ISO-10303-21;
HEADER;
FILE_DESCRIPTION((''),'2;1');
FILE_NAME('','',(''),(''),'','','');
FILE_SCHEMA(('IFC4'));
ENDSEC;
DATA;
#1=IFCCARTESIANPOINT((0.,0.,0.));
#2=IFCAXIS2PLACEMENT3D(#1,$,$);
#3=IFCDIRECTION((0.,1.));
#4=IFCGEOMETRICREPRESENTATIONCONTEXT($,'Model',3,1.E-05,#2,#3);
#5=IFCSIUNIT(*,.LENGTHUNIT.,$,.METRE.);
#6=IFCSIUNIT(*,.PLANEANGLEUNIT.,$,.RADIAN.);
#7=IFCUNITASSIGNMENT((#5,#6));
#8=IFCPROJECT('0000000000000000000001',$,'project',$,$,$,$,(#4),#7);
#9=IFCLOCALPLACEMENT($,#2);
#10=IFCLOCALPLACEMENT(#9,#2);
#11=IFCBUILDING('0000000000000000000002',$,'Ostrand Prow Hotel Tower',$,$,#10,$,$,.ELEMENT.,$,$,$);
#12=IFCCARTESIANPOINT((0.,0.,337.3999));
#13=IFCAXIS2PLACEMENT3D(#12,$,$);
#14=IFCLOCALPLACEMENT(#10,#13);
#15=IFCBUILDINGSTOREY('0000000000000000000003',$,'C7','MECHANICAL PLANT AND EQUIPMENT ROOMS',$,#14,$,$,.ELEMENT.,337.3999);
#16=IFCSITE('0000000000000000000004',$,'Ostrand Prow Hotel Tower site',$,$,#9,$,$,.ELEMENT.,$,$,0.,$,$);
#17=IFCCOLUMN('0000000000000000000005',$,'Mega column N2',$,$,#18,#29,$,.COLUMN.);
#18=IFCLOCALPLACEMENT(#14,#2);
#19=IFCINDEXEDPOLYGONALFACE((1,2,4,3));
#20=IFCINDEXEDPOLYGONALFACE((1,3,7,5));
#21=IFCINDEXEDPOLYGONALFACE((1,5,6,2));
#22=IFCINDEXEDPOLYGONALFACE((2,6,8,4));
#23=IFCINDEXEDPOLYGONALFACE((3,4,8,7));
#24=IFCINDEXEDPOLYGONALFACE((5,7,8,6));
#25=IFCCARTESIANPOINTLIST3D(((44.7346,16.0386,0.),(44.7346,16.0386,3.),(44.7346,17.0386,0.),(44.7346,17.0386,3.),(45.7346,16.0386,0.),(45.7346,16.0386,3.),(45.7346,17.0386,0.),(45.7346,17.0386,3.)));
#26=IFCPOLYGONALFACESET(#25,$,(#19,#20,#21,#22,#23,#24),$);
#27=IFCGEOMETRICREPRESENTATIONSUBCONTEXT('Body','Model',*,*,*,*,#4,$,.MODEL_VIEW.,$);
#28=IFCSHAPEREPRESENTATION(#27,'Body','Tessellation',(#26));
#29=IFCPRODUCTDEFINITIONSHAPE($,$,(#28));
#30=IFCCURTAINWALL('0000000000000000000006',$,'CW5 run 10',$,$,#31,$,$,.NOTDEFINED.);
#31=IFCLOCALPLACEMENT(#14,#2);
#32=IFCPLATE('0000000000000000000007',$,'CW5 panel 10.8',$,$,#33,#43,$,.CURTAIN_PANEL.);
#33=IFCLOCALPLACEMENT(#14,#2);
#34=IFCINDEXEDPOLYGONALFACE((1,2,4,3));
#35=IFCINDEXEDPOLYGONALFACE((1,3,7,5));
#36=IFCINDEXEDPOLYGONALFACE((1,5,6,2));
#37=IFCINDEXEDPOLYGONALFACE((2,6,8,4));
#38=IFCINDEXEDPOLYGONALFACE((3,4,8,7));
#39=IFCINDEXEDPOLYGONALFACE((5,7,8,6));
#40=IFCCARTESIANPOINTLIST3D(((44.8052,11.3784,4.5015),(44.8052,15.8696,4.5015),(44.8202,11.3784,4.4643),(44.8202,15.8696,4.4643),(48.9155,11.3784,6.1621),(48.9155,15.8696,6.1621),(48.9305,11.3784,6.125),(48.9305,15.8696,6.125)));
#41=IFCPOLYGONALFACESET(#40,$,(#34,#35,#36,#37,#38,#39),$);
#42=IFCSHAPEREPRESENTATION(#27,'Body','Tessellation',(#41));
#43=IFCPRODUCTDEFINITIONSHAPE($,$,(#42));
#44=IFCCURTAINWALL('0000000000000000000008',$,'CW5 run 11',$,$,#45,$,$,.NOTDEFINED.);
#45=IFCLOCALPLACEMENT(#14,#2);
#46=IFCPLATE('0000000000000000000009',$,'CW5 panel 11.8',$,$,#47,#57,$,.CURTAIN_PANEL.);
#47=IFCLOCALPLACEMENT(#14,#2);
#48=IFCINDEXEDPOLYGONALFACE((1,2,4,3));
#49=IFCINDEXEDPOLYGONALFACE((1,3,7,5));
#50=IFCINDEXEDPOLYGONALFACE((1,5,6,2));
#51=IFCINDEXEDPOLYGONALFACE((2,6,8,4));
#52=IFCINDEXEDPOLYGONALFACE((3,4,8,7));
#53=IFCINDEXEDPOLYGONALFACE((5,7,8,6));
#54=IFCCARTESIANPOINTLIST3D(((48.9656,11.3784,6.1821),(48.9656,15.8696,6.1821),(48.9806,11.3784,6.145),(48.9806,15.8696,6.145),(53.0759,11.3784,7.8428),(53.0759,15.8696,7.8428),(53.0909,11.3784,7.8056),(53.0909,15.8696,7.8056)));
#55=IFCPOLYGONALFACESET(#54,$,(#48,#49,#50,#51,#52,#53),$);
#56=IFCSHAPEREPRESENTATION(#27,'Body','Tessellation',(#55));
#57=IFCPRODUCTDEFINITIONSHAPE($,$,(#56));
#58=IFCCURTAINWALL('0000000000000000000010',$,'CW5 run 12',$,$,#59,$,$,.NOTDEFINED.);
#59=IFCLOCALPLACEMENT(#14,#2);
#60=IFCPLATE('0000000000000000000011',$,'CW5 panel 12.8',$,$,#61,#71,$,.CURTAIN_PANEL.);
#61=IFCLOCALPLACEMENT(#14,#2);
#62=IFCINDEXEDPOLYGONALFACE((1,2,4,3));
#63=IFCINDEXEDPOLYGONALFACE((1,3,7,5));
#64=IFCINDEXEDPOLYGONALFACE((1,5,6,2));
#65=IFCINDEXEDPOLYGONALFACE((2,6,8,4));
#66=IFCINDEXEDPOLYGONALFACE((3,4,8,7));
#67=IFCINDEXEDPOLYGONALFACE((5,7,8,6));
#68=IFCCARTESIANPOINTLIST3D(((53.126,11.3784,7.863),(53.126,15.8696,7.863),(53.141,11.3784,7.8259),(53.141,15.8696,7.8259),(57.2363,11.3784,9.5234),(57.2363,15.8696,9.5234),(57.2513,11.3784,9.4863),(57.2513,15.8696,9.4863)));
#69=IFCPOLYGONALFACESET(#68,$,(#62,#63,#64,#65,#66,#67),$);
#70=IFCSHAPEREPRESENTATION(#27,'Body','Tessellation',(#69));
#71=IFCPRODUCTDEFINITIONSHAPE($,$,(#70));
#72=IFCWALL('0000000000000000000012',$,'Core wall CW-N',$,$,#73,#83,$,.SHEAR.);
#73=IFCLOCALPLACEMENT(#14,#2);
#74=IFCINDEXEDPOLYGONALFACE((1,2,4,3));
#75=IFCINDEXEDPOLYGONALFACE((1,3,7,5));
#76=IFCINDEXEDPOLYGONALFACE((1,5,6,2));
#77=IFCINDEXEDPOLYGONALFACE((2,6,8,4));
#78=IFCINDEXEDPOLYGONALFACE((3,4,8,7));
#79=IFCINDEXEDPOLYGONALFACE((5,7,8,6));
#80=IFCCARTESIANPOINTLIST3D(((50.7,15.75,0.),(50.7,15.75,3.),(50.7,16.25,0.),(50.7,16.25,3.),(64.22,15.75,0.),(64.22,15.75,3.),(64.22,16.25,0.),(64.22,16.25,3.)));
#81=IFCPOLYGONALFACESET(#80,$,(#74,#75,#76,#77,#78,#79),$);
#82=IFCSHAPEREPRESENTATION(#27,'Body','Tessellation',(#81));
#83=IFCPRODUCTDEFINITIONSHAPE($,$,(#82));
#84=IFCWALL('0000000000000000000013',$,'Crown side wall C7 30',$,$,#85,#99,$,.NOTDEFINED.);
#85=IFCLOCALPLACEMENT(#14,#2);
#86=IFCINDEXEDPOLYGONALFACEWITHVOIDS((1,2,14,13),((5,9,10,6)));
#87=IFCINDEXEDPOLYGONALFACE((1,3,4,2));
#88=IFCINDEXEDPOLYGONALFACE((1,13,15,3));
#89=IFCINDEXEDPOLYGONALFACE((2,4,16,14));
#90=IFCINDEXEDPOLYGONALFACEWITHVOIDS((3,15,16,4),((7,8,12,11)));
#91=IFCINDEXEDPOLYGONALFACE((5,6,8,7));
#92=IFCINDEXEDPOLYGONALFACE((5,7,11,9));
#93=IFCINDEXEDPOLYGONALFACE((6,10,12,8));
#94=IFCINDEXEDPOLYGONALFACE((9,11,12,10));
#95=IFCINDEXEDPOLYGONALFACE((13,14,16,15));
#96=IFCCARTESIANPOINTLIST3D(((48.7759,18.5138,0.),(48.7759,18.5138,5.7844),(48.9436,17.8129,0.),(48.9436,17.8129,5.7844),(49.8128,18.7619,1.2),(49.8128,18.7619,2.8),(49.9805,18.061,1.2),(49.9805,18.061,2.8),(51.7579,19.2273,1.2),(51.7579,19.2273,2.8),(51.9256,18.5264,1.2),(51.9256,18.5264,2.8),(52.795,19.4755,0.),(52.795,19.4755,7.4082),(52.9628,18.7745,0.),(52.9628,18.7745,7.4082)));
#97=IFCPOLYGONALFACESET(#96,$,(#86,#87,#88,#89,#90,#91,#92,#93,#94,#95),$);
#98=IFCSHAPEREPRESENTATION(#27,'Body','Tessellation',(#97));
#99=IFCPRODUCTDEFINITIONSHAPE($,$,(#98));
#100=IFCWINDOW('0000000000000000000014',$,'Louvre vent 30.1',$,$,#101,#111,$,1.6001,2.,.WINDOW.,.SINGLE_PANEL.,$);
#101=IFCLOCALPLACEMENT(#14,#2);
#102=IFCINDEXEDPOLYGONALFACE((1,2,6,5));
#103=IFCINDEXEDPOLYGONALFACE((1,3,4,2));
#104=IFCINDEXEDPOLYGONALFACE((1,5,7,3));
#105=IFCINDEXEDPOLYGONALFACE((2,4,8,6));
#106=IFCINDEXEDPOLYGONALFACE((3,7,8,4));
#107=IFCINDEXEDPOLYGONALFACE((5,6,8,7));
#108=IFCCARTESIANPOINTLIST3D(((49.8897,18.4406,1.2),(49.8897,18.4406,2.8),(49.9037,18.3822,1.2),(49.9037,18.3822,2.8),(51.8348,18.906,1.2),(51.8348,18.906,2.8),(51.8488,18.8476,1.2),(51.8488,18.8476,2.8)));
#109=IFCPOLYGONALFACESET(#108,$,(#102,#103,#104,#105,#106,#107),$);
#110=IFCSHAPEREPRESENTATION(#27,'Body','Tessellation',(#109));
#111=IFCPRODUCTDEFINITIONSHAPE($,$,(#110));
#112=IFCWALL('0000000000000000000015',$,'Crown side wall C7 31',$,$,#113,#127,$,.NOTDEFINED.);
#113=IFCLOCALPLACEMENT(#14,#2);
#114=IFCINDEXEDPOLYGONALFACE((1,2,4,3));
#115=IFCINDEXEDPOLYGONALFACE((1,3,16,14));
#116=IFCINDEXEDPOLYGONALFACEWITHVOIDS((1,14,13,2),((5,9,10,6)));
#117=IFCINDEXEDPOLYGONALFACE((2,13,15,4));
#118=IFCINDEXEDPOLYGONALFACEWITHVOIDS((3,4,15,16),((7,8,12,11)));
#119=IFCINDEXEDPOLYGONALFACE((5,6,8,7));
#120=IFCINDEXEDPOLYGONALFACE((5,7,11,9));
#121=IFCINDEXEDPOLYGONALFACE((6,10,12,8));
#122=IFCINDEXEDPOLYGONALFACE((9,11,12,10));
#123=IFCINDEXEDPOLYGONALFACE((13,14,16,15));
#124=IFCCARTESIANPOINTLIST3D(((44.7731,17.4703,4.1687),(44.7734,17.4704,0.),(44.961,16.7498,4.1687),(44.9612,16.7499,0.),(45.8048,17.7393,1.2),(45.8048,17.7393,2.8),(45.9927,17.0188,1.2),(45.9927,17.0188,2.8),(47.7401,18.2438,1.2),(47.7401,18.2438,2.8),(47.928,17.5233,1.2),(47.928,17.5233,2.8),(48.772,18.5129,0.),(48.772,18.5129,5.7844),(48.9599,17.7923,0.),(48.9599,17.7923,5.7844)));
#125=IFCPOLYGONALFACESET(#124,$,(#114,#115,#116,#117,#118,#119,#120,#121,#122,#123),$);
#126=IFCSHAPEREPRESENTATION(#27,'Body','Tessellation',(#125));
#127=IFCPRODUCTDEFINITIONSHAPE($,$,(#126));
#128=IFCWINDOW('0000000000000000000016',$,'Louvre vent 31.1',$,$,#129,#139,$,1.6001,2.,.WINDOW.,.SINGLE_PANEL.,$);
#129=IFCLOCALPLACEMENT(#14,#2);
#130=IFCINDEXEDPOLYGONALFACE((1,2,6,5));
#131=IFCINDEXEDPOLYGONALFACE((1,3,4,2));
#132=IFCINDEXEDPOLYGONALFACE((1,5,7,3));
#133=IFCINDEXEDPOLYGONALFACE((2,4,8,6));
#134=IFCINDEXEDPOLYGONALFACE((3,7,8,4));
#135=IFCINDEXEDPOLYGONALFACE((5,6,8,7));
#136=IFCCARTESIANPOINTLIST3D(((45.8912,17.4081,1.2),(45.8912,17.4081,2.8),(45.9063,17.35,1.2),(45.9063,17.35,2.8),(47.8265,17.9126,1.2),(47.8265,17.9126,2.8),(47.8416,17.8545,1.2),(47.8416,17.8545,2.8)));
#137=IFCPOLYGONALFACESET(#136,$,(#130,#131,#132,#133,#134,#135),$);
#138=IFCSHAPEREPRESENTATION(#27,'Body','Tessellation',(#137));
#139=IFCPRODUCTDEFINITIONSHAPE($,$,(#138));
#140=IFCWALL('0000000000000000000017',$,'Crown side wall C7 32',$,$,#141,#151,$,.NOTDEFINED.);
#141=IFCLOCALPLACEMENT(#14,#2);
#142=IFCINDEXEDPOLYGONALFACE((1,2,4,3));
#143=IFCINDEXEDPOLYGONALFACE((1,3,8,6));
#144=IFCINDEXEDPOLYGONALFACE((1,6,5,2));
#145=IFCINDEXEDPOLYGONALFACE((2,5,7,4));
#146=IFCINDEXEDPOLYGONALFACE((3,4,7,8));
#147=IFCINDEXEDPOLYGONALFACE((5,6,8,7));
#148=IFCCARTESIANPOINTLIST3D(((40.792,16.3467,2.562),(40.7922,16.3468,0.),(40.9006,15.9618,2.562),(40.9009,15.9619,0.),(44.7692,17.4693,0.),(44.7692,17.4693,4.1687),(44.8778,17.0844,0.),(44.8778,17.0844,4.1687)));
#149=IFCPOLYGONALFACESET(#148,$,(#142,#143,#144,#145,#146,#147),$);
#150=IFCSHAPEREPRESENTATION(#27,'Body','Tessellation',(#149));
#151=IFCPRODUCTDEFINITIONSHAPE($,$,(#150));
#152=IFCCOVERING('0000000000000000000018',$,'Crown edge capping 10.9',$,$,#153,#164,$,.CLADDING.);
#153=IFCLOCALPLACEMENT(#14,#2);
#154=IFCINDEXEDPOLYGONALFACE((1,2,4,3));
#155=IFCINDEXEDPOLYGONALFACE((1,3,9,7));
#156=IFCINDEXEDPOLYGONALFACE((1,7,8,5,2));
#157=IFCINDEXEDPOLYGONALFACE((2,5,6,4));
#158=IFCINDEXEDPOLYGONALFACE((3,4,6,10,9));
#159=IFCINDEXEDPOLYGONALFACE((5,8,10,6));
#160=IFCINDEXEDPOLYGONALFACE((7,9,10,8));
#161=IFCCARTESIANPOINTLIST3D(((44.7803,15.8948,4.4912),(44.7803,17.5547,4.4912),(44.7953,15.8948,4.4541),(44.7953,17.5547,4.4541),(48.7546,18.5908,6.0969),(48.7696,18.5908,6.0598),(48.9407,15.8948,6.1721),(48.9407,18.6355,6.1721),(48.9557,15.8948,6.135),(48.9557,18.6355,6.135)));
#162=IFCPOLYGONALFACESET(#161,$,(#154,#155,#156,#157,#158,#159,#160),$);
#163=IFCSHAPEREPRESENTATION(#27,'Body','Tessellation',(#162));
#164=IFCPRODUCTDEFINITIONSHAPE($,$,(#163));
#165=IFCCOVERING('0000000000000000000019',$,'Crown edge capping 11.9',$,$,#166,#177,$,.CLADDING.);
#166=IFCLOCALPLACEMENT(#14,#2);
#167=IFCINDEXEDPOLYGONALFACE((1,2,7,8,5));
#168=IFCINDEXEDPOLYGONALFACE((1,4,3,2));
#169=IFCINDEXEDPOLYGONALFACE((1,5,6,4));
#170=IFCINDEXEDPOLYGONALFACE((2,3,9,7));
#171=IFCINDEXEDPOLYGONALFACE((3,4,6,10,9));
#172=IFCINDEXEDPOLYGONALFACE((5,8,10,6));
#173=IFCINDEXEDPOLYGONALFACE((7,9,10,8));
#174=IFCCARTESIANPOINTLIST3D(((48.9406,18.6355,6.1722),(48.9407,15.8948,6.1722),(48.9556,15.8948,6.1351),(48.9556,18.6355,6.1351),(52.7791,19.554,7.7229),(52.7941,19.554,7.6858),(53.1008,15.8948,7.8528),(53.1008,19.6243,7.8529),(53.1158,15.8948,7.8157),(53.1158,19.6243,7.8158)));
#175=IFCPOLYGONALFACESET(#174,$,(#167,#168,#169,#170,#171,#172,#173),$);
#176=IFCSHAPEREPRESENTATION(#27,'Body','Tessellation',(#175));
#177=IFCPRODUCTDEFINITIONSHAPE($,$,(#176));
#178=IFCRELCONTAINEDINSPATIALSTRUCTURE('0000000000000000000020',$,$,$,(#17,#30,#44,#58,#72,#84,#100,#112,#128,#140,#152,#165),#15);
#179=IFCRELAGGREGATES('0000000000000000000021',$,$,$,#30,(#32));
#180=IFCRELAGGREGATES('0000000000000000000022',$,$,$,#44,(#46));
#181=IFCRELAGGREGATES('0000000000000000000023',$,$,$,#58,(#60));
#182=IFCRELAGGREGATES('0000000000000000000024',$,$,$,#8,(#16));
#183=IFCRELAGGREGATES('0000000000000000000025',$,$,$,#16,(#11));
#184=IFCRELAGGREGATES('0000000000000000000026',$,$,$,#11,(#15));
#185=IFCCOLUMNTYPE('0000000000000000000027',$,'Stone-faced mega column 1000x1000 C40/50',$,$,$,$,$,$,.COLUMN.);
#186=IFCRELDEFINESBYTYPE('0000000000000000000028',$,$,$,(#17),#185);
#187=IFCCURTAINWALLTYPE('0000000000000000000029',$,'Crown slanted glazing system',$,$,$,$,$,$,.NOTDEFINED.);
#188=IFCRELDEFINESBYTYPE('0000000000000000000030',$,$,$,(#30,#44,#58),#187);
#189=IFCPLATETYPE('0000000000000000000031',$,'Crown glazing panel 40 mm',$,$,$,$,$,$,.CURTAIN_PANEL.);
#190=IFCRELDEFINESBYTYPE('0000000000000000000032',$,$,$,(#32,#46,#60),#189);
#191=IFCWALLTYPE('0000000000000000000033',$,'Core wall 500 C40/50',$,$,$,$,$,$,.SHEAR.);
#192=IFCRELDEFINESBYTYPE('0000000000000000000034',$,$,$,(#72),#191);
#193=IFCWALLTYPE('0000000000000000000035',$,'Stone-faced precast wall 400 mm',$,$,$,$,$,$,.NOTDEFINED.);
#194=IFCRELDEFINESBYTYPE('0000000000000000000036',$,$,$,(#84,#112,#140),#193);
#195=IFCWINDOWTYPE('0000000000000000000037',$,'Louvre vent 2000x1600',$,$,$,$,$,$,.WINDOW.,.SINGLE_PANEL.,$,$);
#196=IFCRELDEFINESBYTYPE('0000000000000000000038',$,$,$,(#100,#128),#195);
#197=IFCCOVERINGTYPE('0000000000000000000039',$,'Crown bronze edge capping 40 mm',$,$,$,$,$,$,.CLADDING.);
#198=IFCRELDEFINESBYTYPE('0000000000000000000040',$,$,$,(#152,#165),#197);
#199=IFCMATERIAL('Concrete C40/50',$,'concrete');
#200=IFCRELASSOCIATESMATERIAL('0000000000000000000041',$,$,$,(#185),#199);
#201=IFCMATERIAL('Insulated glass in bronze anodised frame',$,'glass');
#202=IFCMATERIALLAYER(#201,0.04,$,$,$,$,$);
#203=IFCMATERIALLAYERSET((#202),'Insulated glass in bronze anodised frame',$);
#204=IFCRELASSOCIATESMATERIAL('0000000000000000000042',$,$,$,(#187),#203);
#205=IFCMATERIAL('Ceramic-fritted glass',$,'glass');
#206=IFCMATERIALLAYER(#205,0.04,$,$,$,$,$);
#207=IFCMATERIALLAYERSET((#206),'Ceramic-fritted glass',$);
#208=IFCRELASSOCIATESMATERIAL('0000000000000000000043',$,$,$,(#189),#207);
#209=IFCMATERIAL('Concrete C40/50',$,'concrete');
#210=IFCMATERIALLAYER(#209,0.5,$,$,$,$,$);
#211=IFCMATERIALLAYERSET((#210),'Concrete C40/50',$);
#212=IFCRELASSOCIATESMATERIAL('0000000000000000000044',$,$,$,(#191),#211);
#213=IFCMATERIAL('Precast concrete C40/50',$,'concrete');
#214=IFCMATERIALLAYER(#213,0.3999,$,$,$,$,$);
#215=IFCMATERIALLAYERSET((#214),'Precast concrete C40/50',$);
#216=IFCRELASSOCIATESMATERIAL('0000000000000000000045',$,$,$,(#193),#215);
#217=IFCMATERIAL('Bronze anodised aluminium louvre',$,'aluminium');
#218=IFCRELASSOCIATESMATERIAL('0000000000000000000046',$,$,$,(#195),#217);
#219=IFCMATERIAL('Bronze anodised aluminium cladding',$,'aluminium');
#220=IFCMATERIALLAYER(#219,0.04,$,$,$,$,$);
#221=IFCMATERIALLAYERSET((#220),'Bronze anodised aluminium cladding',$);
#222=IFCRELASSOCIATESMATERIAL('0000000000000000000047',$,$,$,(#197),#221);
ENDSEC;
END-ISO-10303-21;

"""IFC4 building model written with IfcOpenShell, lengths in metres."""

from ifc_helpers import new_model, si_unit, direction, frame, frame_2d, origin, origin_2d, place, context, subcontext, project, spatial, polyline, rectangle, outline, extrude, material, layer, layer_set, material_profile, profile_set, type_object, element, fill, aggregate, save


model = new_model("IFC4")

# Units and contexts
model_context = context("Model", 3, precision=1e-05, world=origin(), true_north=direction((0.0, 1.0)))
body_context = subcontext(model_context, "Body", "Model", "MODEL_VIEW")
ifc_project = project(units=[si_unit("LENGTHUNIT", "METRE"), si_unit("PLANEANGLEUNIT", "RADIAN")], contexts=[model_context])

# Site, building, storey
site_placement = place(None, origin())
site = spatial("IfcSite", under=ifc_project, at=site_placement, Name="Ostrand Prow Hotel Tower site", CompositionType="ELEMENT", RefElevation=0.0)
building_placement = place(site_placement, origin())
building = spatial("IfcBuilding", under=site, at=building_placement, Name="Ostrand Prow Hotel Tower", CompositionType="ELEMENT")
storey_placement = place(building_placement, frame((0.0, 0.0, 337.3999)))
storey = spatial("IfcBuildingStorey", under=building, at=storey_placement, Name="C7", Description="MECHANICAL PLANT AND EQUIPMENT ROOMS", CompositionType="ELEMENT", Elevation=337.3999)

# Column
ifc_material_1 = material(Name="Concrete C40/50", Category="concrete")
ifc_material_profile = material_profile(ifc_material_1, rectangle(XDim=1.0, YDim=1.0, at=origin_2d()), Name="RC 1000x1000")
ifc_profile_set = profile_set([ifc_material_profile], Name="Concrete C40/50")
column_type = type_object("IfcColumnType", Name="Stone-faced mega column 1000x1000 C40/50", PredefinedType="COLUMN", material=ifc_profile_set)
column_placement = place(storey_placement, frame((45.2346, 16.5386, 0.0), z_axis=(0.0, 0.0, 1.0), x_axis=(1.0, 0.0, 0.0)))
element("IfcColumn", 1, at=column_placement, inside=storey, type_object=column_type, Name="Mega column N2", PredefinedType="COLUMN", context=body_context, shape_type="SweptSolid", body=[
    extrude(rectangle(XDim=1.0, YDim=1.0, at=origin_2d()), origin(), (0.0, 0.0, 1.0), 3.0),
])

# Curtain walls, plates
ifc_material_2 = material(Name="Insulated glass in bronze anodised frame", Category="glass")
ifc_layer_1 = layer(ifc_material_2, 0.04)
ifc_layer_set_1 = layer_set([ifc_layer_1], Name="Insulated glass in bronze anodised frame")
curtain_wall_type = type_object("IfcCurtainWallType", Name="Crown slanted glazing system", PredefinedType="NOTDEFINED", material=ifc_layer_set_1)
curtain_wall_1_placement = place(storey_placement, origin())
curtain_wall_1 = element("IfcCurtainWall", 2, at=curtain_wall_1_placement, inside=storey, type_object=curtain_wall_type, Name="CW5 run 10", PredefinedType="NOTDEFINED")
ifc_material_3 = material(Name="Ceramic-fritted glass", Category="glass")
ifc_layer_2 = layer(ifc_material_3, 0.04)
ifc_layer_set_2 = layer_set([ifc_layer_2], Name="Ceramic-fritted glass")
plate_type = type_object("IfcPlateType", Name="Crown glazing panel 40 mm", PredefinedType="CURTAIN_PANEL", material=ifc_layer_set_2)
plate_1_placement = place(storey_placement, frame((44.8052, 11.3784, 4.5015), z_axis=(-0.374598, 0.0, 0.927187), x_axis=(0.927187, 0.0, 0.374598)))
plate_1 = element("IfcPlate", 3, at=plate_1_placement, type_object=plate_type, Name="CW5 panel 10.8", PredefinedType="CURTAIN_PANEL", context=body_context, shape_type="SweptSolid", body=[
    extrude(outline(polyline([(0.0, 0.0), (4.4331, 0.0), (4.4331, 4.4912), (0.0, 4.4912), (0.0, 0.0)])), origin(), (0.0, 0.0, -1.0), 0.04),
])
aggregate(curtain_wall_1, [plate_1])
curtain_wall_2_placement = place(storey_placement, origin())
curtain_wall_2 = element("IfcCurtainWall", 4, at=curtain_wall_2_placement, inside=storey, type_object=curtain_wall_type, Name="CW5 run 11", PredefinedType="NOTDEFINED")
plate_2_placement = place(storey_placement, frame((48.9656, 11.3784, 6.1821), z_axis=(-0.374598, 0.0, 0.927187), x_axis=(0.927187, 0.0, 0.374598)))
plate_2 = element("IfcPlate", 5, at=plate_2_placement, type_object=plate_type, Name="CW5 panel 11.8", PredefinedType="CURTAIN_PANEL", context=body_context, shape_type="SweptSolid", body=[
    extrude(outline(polyline([(0.0, 0.0), (4.4331, 0.0), (4.4331, 4.4912), (0.0, 4.4912), (0.0, 0.0)])), origin(), (0.0, 0.0, -1.0), 0.04),
])
aggregate(curtain_wall_2, [plate_2])
curtain_wall_3_placement = place(storey_placement, origin())
curtain_wall_3 = element("IfcCurtainWall", 6, at=curtain_wall_3_placement, inside=storey, type_object=curtain_wall_type, Name="CW5 run 12", PredefinedType="NOTDEFINED")
plate_3_placement = place(storey_placement, frame((53.126, 11.3784, 7.863), z_axis=(-0.37455, 0.0, 0.927207), x_axis=(0.927207, 0.0, 0.37455)))
plate_3 = element("IfcPlate", 7, at=plate_3_placement, type_object=plate_type, Name="CW5 panel 12.8", PredefinedType="CURTAIN_PANEL", context=body_context, shape_type="SweptSolid", body=[
    extrude(outline(polyline([(0.0, 0.0), (4.433, 0.0), (4.433, 4.4912), (0.0, 4.4912), (0.0, 0.0)])), origin(), (0.0, 0.0, -1.0), 0.04),
])
aggregate(curtain_wall_3, [plate_3])

# Wall
ifc_material_4 = material(Name="Concrete C40/50", Category="concrete")
ifc_layer_3 = layer(ifc_material_4, 0.5)
ifc_layer_set_3 = layer_set([ifc_layer_3], Name="Concrete C40/50")
wall_type_1 = type_object("IfcWallType", Name="Core wall 500 C40/50", PredefinedType="SHEAR", material=ifc_layer_set_3)
wall_1_placement = place(storey_placement, frame((50.7, 16.0, 0.0), z_axis=(0.0, 0.0, 1.0), x_axis=(1.0, 0.0, 0.0)))
element("IfcWall", 8, at=wall_1_placement, inside=storey, type_object=wall_type_1, Name="Core wall CW-N", PredefinedType="SHEAR", context=body_context, shape_type="SweptSolid", body=[
    extrude(rectangle(XDim=13.52, YDim=0.5, at=frame_2d((6.76, 0.0))), origin(), (0.0, 0.0, 1.0), 3.0),
])

# Walls, openings, windows
ifc_material_5 = material(Name="Precast concrete C40/50", Category="concrete")
ifc_layer_4 = layer(ifc_material_5, 0.3999)
ifc_layer_set_4 = layer_set([ifc_layer_4], Name="Precast concrete C40/50")
wall_type_2 = type_object("IfcWallType", Name="Stone-faced precast wall 400 mm", PredefinedType="NOTDEFINED", material=ifc_layer_set_4)
wall_2_placement = place(storey_placement, frame((52.8789, 19.125, 0.0), z_axis=(0.0, 0.0, 1.0), x_axis=(-0.972546, -0.232709, 0.0)))
wall_2 = element("IfcWall", 9, at=wall_2_placement, inside=storey, type_object=wall_type_2, Name="Crown side wall C7 30", PredefinedType="NOTDEFINED", context=body_context, shape_type="SweptSolid", body=[
    extrude(outline(polyline([(0.0, 0.0), (4.1326, 0.0), (4.1326, 5.7844), (0.0, 7.4082), (0.0, 0.0)])), frame((0.0, 0.3604, 0.0), z_axis=(0.0, -1.0, 0.0), x_axis=(1.0, 0.0, 0.0)), (0.0, 0.0, 1.0), 0.7207),
])
opening_1_placement = place(wall_2_placement, frame((1.0664, 0.0, 1.2)))
opening_1 = element("IfcOpeningElement", 10, at=opening_1_placement, cuts=wall_2, PredefinedType="OPENING", context=body_context, shape_type="SweptSolid", body=[
    extrude(rectangle(XDim=2.0, YDim=1.6001, at=frame_2d((1.0, 0.8))), frame((0.0, 0.3704, 0.0), z_axis=(0.0, -1.0, 0.0), x_axis=(1.0, 0.0, 0.0)), (0.0, 0.0, 1.0), 0.7407),
])
ifc_material_6 = material(Name="Bronze anodised aluminium louvre", Category="aluminium")
window_type = type_object("IfcWindowType", Name="Louvre vent 2000x1600", PartitioningType="SINGLE_PANEL", PredefinedType="WINDOW", material=ifc_material_6)
window_1_placement = place(opening_1_placement, origin())
window_1 = element("IfcWindow", 11, at=window_1_placement, inside=storey, type_object=window_type, Name="Louvre vent 30.1", OverallHeight=1.6001, OverallWidth=2.0, PartitioningType="SINGLE_PANEL", PredefinedType="WINDOW", context=body_context, shape_type="SweptSolid", body=[
    extrude(rectangle(XDim=2.0, YDim=1.6001, at=frame_2d((1.0, 0.8))), frame((0.0, 0.03, 0.0), z_axis=(0.0, -1.0, 0.0), x_axis=(1.0, 0.0, 0.0)), (0.0, 0.0, 1.0), 0.0601),
])
fill(opening_1, window_1)
wall_3_placement = place(storey_placement, frame((48.866, 18.1526, 0.0), z_axis=(0.0, 0.0, 1.0), x_axis=(-0.967657, -0.252268, 0.0)))
wall_3 = element("IfcWall", 12, at=wall_3_placement, inside=storey, type_object=wall_type_2, Name="Crown side wall C7 31", PredefinedType="NOTDEFINED", context=body_context, shape_type="SweptSolid", body=[
    extrude(outline(polyline([(0.0, 0.0), (4.1323, 0.0), (4.1326, 4.1687), (0.0, 5.7844), (0.0, 0.0)])), frame((0.0, 0.3723, 0.0), z_axis=(0.0, -1.0, 0.0), x_axis=(1.0, 0.0, 0.0)), (0.0, 0.0, 1.0), 0.7446),
])
opening_2_placement = place(wall_3_placement, frame((1.0664, 0.0, 1.2)))
opening_2 = element("IfcOpeningElement", 13, at=opening_2_placement, cuts=wall_3, PredefinedType="OPENING", context=body_context, shape_type="SweptSolid", body=[
    extrude(rectangle(XDim=2.0, YDim=1.6001, at=frame_2d((1.0, 0.8))), frame((0.0, 0.3823, 0.0), z_axis=(0.0, -1.0, 0.0), x_axis=(1.0, 0.0, 0.0)), (0.0, 0.0, 1.0), 0.7646),
])
window_2_placement = place(opening_2_placement, origin())
window_2 = element("IfcWindow", 14, at=window_2_placement, inside=storey, type_object=window_type, Name="Louvre vent 31.1", OverallHeight=1.6001, OverallWidth=2.0, PartitioningType="SINGLE_PANEL", PredefinedType="WINDOW", context=body_context, shape_type="SweptSolid", body=[
    extrude(rectangle(XDim=2.0, YDim=1.6001, at=frame_2d((1.0, 0.8))), frame((0.0, 0.03, 0.0), z_axis=(0.0, -1.0, 0.0), x_axis=(1.0, 0.0, 0.0)), (0.0, 0.0, 1.0), 0.0601),
])
fill(opening_2, window_2)

# Wall
wall_4_placement = place(storey_placement, frame((44.8235, 17.2769, 0.0), z_axis=(0.0, 0.0, 1.0), x_axis=(-0.962397, -0.271645, 0.0)))
element("IfcWall", 15, at=wall_4_placement, inside=storey, type_object=wall_type_2, Name="Crown side wall C7 32", PredefinedType="NOTDEFINED", context=body_context, shape_type="SweptSolid", body=[
    extrude(outline(polyline([(0.0, 0.0), (4.1323, 0.0), (4.1326, 2.562), (0.0, 4.1687), (0.0, 0.0)])), frame((0.0, 0.2, 0.0), z_axis=(0.0, -1.0, 0.0), x_axis=(1.0, 0.0, 0.0)), (0.0, 0.0, 1.0), 0.3999),
])

# Coverings
ifc_material_7 = material(Name="Bronze anodised aluminium cladding", Category="aluminium")
ifc_layer_5 = layer(ifc_material_7, 0.04)
ifc_layer_set_5 = layer_set([ifc_layer_5], Name="Bronze anodised aluminium cladding")
covering_type_1 = type_object("IfcCoveringType", Name="Crown bronze edge capping 40 mm", PredefinedType="CLADDING", material=ifc_layer_set_5)
covering_1_placement = place(storey_placement, frame((48.7546, 18.5908, 6.0969), z_axis=(-0.374608, 0.000007, 0.927183), x_axis=(-0.901229, -0.234955, -0.364119)))
element("IfcCovering", 16, at=covering_1_placement, inside=storey, type_object=covering_type_1, Name="Crown edge capping 10.9", PredefinedType="CLADDING", context=body_context, shape_type="SweptSolid", body=[
    extrude(outline(polyline([(0.0, 0.0), (4.4099, 0.0), (4.7999, 1.6134), (0.4384, 2.6677), (-0.2055, 0.0037), (0.0, 0.0)])), origin(), (0.0, 0.0, -1.0), 0.04),
])
covering_2_placement = place(storey_placement, frame((52.7791, 19.554, 7.7229), z_axis=(-0.374575, -0.000016, 0.927197), x_axis=(-0.905186, -0.216593, -0.365686)))
element("IfcCovering", 17, at=covering_2_placement, inside=storey, type_object=covering_type_1, Name="Crown edge capping 11.9", PredefinedType="CLADDING", context=body_context, shape_type="SweptSolid", body=[
    extrude(outline(polyline([(0.0, 0.0), (4.2405, 0.0), (4.8341, 2.6757), (0.4538, 3.6475), (-0.354, 0.0065), (0.0, 0.0)])), origin(), (0.0, 0.0, -1.0), 0.04),
])

save(model, "model.ifc")
